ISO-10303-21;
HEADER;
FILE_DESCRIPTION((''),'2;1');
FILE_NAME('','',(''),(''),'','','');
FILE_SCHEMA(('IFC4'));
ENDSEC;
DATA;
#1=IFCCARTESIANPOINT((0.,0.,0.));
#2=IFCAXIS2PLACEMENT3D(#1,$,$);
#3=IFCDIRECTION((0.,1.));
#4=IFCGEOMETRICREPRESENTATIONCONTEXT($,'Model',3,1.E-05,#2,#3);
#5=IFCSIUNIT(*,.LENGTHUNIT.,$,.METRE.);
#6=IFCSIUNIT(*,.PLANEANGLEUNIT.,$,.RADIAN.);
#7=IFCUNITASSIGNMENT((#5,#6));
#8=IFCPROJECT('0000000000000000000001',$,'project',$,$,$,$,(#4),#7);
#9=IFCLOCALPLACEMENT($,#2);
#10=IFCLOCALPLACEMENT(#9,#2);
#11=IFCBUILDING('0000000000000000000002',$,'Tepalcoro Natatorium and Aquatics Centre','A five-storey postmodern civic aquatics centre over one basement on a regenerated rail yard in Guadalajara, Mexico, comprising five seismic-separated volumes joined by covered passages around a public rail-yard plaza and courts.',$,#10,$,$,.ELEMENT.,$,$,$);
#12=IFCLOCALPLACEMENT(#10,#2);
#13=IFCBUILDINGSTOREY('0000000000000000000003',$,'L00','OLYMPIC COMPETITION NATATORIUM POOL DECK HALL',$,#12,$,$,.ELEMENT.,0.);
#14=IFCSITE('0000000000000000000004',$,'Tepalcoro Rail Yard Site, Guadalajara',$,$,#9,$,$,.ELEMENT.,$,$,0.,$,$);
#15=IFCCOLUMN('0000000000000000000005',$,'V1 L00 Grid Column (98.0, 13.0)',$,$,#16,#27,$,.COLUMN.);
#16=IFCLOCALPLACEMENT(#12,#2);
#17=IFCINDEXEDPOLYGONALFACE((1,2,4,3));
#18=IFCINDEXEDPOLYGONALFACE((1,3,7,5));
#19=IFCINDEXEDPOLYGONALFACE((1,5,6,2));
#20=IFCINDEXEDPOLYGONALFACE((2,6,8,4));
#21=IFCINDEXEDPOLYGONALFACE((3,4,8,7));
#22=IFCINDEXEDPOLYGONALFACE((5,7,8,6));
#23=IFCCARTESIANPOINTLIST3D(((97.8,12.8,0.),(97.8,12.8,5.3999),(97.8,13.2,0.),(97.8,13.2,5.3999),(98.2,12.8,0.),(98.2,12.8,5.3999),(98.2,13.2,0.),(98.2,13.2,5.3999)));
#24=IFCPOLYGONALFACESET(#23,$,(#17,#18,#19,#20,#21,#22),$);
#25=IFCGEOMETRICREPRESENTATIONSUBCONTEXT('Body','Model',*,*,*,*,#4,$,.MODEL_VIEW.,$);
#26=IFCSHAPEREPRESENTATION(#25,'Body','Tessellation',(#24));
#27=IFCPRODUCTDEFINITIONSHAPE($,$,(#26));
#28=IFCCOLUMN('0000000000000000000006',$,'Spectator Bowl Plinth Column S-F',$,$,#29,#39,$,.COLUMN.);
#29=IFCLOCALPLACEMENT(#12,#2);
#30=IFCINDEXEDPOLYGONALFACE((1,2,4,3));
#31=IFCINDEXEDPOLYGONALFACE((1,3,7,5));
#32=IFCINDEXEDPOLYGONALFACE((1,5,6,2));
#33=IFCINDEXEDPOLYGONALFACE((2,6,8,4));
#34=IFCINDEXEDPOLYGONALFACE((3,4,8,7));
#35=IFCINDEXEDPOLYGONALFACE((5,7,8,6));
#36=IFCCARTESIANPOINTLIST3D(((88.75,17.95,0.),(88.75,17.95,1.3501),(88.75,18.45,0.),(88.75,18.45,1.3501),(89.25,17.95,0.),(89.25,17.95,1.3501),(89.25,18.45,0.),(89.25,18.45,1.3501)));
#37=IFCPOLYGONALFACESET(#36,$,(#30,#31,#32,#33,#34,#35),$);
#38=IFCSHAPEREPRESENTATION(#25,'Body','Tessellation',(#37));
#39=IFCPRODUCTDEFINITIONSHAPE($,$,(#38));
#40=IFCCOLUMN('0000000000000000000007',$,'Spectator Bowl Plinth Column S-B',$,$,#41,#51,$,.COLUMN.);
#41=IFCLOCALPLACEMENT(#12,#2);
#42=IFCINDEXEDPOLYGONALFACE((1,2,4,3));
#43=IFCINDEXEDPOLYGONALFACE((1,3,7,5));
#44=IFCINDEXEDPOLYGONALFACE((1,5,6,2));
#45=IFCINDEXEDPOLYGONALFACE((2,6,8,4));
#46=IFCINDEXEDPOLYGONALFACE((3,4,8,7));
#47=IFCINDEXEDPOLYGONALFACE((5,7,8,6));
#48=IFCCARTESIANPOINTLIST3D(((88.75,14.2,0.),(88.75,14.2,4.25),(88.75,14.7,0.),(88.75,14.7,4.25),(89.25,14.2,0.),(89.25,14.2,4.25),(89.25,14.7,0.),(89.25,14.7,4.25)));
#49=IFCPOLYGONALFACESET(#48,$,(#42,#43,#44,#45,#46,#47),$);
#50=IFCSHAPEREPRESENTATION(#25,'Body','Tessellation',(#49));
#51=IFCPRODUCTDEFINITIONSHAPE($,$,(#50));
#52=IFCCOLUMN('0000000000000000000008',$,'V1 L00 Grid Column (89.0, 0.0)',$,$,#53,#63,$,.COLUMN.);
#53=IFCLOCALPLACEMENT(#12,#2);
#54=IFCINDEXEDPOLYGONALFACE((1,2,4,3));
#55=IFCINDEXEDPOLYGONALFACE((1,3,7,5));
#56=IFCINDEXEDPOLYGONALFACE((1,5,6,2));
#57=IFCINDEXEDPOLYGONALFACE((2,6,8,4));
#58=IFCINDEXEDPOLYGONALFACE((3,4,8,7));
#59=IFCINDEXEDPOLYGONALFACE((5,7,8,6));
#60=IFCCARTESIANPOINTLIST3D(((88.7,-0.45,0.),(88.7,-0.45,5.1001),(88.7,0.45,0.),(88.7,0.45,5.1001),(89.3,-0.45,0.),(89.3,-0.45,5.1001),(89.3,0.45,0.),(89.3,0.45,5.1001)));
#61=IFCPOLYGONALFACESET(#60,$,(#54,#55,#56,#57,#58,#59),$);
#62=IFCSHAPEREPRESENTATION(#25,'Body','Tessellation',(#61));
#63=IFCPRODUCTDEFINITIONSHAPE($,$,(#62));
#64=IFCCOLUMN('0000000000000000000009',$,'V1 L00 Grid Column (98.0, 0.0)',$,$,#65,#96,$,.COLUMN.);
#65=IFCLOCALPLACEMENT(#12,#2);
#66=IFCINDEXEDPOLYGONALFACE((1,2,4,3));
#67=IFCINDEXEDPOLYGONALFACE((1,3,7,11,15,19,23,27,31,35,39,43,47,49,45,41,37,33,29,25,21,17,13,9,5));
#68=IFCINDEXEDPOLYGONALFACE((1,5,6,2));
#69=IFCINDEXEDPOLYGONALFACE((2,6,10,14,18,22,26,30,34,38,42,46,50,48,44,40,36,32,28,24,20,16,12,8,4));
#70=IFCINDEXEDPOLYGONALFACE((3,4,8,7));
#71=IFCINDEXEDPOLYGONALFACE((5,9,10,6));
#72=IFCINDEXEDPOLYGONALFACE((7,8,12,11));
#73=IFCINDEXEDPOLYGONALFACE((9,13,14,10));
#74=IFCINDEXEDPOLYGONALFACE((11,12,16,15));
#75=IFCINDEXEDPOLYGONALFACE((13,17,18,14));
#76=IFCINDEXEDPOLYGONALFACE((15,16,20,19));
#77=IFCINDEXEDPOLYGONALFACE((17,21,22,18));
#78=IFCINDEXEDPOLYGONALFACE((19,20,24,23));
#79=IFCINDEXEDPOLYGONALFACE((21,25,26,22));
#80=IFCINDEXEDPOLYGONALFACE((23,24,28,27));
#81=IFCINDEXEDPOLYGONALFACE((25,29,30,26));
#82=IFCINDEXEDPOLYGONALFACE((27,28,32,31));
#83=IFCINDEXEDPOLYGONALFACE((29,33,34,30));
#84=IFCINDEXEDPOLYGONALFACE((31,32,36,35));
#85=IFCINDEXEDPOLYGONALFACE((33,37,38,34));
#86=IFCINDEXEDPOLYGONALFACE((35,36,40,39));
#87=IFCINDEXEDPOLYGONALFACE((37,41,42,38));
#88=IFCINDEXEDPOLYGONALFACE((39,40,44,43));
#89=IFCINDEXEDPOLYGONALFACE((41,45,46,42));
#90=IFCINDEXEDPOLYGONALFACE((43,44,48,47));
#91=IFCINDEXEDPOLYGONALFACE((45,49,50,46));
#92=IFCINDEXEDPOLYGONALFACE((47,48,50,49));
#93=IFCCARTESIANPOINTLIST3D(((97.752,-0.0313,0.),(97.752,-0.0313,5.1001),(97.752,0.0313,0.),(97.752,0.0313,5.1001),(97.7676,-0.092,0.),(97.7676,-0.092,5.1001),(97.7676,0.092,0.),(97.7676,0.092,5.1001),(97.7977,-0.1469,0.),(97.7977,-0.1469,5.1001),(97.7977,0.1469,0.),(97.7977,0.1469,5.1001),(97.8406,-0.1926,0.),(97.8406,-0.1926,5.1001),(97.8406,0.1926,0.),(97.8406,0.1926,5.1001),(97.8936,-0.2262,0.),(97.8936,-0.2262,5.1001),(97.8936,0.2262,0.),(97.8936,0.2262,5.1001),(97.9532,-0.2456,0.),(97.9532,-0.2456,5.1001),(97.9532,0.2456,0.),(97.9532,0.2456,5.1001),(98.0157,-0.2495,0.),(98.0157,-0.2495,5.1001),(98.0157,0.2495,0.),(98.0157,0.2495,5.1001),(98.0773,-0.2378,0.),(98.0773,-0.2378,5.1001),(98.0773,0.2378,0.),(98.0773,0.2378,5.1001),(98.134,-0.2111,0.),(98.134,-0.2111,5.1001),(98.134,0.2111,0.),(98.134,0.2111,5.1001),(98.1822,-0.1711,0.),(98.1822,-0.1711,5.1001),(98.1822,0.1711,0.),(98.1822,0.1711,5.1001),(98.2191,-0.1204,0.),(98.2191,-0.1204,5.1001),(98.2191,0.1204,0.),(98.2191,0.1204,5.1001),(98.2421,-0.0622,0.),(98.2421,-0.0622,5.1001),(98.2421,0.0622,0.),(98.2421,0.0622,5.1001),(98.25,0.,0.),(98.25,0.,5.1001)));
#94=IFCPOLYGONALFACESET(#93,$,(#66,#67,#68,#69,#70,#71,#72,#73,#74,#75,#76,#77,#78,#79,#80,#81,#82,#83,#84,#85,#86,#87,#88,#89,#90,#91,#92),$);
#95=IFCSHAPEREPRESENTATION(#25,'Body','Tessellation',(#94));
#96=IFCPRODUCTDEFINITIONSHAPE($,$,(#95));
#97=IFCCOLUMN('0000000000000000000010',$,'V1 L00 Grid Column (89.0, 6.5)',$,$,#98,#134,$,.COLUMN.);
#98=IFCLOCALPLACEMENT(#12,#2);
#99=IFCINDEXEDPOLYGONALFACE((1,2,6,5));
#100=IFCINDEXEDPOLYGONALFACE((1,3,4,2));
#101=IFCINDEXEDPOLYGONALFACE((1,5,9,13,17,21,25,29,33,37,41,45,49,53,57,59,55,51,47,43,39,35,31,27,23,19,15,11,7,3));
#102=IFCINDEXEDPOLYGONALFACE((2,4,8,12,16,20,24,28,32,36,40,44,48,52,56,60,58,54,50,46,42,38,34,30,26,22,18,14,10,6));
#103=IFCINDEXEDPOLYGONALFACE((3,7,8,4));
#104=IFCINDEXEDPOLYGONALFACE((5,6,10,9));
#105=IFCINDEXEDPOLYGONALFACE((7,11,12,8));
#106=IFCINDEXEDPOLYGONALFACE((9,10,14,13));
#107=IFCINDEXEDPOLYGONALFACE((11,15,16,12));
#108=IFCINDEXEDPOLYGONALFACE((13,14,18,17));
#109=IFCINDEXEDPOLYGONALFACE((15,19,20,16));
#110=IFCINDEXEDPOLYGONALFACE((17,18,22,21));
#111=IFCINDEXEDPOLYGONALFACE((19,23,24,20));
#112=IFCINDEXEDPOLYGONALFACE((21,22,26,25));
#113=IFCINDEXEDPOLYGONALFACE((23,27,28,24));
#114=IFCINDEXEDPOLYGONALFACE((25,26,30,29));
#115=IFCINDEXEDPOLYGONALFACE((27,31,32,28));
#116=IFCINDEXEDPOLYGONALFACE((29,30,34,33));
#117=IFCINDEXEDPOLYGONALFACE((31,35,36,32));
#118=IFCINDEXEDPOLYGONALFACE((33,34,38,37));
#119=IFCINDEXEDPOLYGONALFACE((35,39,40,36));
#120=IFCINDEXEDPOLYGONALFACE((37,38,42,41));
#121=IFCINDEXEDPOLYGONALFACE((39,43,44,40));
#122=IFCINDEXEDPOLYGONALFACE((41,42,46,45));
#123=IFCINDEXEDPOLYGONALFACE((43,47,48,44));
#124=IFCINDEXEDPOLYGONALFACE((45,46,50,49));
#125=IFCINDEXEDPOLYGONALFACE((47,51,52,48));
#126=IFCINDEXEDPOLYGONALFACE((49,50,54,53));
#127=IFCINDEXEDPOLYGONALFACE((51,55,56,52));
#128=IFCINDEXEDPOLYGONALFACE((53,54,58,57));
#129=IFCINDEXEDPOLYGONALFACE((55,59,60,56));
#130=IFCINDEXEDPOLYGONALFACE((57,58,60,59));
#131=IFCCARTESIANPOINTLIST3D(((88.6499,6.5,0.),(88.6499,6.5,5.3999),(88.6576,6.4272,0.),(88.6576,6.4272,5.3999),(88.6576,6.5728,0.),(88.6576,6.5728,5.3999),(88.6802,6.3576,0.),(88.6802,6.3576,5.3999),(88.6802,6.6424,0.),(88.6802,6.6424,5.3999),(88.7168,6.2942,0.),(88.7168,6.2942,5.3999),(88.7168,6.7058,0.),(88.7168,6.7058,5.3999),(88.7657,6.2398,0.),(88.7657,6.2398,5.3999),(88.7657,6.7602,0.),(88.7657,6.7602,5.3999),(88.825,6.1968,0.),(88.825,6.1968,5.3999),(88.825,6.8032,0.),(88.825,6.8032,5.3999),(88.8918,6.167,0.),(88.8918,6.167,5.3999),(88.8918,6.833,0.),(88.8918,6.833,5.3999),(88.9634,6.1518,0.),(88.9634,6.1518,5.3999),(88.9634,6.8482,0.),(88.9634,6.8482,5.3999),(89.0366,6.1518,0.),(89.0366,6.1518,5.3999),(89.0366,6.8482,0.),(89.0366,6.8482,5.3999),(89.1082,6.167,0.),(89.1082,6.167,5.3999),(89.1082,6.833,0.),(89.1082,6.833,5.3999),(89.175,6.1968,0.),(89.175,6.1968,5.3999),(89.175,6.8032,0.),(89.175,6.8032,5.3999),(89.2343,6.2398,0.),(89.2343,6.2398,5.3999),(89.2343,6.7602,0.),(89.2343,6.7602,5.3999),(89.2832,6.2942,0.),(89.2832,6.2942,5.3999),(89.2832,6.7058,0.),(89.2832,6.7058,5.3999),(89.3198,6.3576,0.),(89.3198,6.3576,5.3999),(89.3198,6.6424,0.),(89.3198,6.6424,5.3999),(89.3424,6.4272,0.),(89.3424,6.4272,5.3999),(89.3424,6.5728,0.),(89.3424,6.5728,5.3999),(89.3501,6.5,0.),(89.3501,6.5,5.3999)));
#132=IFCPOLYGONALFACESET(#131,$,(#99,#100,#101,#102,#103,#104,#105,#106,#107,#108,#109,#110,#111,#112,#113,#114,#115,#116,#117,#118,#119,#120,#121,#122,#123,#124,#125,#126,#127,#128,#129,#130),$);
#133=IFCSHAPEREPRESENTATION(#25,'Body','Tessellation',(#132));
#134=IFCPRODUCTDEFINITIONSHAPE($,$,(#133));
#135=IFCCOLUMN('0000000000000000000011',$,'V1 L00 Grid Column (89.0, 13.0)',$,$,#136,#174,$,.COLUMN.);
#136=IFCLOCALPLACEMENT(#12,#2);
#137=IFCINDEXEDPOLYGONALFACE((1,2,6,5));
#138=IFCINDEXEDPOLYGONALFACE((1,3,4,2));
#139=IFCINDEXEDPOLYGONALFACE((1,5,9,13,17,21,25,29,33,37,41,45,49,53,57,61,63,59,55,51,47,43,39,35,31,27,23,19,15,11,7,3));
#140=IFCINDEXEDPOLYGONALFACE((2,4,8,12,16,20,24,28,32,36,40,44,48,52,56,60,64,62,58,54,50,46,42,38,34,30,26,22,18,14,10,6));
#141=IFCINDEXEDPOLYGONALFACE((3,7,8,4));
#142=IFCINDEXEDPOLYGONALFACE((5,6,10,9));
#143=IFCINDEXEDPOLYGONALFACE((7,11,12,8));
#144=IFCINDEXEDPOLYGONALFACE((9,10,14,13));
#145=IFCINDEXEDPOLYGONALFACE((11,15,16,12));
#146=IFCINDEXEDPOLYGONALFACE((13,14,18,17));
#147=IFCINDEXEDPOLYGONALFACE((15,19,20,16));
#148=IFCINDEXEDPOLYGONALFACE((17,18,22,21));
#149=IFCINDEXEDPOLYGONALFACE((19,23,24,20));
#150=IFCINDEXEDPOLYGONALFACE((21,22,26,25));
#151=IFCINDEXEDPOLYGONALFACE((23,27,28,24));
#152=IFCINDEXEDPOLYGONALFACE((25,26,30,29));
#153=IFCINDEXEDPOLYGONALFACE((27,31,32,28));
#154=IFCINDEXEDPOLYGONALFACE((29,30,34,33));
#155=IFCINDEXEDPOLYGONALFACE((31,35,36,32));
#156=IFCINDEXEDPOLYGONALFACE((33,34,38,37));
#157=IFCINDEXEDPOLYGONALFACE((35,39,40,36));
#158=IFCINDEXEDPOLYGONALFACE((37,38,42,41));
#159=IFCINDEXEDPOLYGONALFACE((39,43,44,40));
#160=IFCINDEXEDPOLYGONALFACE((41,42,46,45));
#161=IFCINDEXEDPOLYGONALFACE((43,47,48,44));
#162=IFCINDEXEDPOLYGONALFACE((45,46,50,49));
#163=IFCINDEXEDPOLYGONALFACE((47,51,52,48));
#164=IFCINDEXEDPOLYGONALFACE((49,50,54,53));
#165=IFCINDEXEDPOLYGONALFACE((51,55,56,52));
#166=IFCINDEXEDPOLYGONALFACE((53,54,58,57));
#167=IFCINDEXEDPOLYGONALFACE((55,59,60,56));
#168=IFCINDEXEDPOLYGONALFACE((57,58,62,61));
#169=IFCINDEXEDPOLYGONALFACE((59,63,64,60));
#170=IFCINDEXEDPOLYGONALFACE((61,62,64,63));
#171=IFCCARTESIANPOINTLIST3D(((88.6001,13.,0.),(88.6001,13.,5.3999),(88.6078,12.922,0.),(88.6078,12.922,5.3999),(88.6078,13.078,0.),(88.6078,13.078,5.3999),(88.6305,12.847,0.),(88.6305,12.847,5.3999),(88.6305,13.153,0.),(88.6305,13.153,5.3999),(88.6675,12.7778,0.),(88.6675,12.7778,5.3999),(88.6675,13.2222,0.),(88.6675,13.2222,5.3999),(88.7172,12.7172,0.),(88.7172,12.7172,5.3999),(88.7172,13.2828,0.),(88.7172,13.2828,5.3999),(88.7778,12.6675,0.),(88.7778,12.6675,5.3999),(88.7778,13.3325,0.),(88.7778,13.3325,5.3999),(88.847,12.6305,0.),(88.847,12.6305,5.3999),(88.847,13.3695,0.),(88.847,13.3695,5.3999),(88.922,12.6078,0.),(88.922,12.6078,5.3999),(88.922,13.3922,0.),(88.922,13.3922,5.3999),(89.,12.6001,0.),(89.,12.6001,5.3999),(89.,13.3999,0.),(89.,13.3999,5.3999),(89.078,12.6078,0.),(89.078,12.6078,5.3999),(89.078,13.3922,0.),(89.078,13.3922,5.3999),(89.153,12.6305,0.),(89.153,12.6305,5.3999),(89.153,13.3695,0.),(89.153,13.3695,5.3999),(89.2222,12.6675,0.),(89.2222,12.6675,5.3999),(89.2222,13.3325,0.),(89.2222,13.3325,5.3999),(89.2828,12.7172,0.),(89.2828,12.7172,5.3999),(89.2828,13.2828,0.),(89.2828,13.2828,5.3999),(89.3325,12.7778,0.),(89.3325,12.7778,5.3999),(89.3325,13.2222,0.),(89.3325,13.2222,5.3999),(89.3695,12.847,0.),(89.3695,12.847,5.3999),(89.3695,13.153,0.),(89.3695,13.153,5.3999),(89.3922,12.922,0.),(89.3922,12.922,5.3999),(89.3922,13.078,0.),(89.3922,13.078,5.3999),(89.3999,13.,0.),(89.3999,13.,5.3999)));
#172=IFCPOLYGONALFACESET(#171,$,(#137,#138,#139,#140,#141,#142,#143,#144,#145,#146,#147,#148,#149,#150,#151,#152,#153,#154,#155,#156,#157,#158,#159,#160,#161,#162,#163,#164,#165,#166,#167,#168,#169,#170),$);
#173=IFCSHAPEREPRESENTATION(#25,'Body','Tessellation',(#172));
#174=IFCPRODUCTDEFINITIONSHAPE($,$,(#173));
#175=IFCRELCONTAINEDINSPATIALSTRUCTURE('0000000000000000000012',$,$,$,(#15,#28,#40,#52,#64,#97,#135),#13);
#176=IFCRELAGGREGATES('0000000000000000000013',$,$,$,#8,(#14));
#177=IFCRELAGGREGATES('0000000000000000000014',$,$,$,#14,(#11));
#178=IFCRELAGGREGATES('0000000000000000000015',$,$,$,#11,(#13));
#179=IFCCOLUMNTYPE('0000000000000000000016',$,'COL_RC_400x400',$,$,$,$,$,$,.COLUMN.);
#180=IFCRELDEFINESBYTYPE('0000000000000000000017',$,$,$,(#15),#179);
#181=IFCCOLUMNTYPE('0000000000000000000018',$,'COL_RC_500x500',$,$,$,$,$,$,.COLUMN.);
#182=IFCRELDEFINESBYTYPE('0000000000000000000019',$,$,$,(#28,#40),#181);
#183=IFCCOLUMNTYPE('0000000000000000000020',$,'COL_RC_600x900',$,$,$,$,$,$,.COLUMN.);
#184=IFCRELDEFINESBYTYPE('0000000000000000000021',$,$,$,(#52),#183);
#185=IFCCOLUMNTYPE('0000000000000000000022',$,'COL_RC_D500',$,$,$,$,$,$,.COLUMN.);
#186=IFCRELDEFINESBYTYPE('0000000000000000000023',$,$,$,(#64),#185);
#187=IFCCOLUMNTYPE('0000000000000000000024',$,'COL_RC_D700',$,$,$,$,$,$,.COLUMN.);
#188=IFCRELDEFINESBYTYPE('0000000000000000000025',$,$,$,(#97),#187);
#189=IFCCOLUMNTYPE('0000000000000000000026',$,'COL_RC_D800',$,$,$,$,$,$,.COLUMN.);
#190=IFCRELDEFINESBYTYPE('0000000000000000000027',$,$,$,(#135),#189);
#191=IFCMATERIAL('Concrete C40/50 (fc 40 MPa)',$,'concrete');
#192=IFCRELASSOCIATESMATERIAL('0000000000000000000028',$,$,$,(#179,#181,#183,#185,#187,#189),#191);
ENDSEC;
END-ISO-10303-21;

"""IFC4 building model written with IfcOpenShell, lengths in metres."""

from ifc_helpers import new_model, si_unit, direction, frame, origin, origin_2d, place, context, subcontext, project, spatial, rectangle, circle, extrude, material, material_profile, profile_set, type_object, element, save


model = new_model("IFC4")

# Units and contexts
model_context = context("Model", 3, precision=1e-05, world=origin(), true_north=direction((0.0, 1.0)))
body_context = subcontext(model_context, "Body", "Model", "MODEL_VIEW")
ifc_project = project(units=[si_unit("LENGTHUNIT", "METRE"), si_unit("PLANEANGLEUNIT", "RADIAN")], contexts=[model_context])

# Site, building, storey
site_placement = place(None, origin())
site = spatial("IfcSite", under=ifc_project, at=site_placement, Name="Tepalcoro Rail Yard Site, Guadalajara", CompositionType="ELEMENT", RefElevation=0.0)
building_placement = place(site_placement, origin())
building = spatial("IfcBuilding", under=site, at=building_placement, Name="Tepalcoro Natatorium and Aquatics Centre", Description="A five-storey postmodern civic aquatics centre over one basement on a regenerated rail yard in Guadalajara, Mexico, comprising five seismic-separated volumes joined by covered passages around a public rail-yard plaza and courts.", CompositionType="ELEMENT")
storey_placement = place(building_placement, origin())
storey = spatial("IfcBuildingStorey", under=building, at=storey_placement, Name="L00", Description="OLYMPIC COMPETITION NATATORIUM POOL DECK HALL", CompositionType="ELEMENT", Elevation=0.0)

# Columns
ifc_material_1 = material(Name="Concrete C40/50 (fc 40 MPa)", Category="concrete")
ifc_material_profile_1 = material_profile(ifc_material_1, rectangle(XDim=0.3999, YDim=0.3999, at=origin_2d()), Name="RC400x400")
ifc_profile_set_1 = profile_set([ifc_material_profile_1], Name="Concrete C40/50 (fc 40 MPa)")
column_type_1 = type_object("IfcColumnType", Name="COL_RC_400x400", PredefinedType="COLUMN", material=ifc_profile_set_1)
column_1_placement = place(storey_placement, frame((98.0, 13.0, 0.0), z_axis=(0.0, 0.0, 1.0), x_axis=(1.0, 0.0, 0.0)))
element("IfcColumn", 1, at=column_1_placement, inside=storey, type_object=column_type_1, Name="V1 L00 Grid Column (98.0, 13.0)", PredefinedType="COLUMN", context=body_context, shape_type="SweptSolid", body=[
    extrude(rectangle(XDim=0.3999, YDim=0.3999, at=origin_2d()), origin(), (0.0, 0.0, 1.0), 5.3999),
])
ifc_material_profile_2 = material_profile(ifc_material_1, rectangle(XDim=0.5, YDim=0.5, at=origin_2d()), Name="RC500x500")
ifc_profile_set_2 = profile_set([ifc_material_profile_2], Name="Concrete C40/50 (fc 40 MPa)")
column_type_2 = type_object("IfcColumnType", Name="COL_RC_500x500", PredefinedType="COLUMN", material=ifc_profile_set_2)
column_2_placement = place(storey_placement, frame((89.0, 18.2, 0.0), z_axis=(0.0, 0.0, 1.0), x_axis=(1.0, 0.0, 0.0)))
element("IfcColumn", 2, at=column_2_placement, inside=storey, type_object=column_type_2, Name="Spectator Bowl Plinth Column S-F", PredefinedType="COLUMN", context=body_context, shape_type="SweptSolid", body=[
    extrude(rectangle(XDim=0.5, YDim=0.5, at=origin_2d()), origin(), (0.0, 0.0, 1.0), 1.3501),
])
column_3_placement = place(storey_placement, frame((89.0, 14.45, 0.0), z_axis=(0.0, 0.0, 1.0), x_axis=(1.0, 0.0, 0.0)))
element("IfcColumn", 3, at=column_3_placement, inside=storey, type_object=column_type_2, Name="Spectator Bowl Plinth Column S-B", PredefinedType="COLUMN", context=body_context, shape_type="SweptSolid", body=[
    extrude(rectangle(XDim=0.5, YDim=0.5, at=origin_2d()), origin(), (0.0, 0.0, 1.0), 4.25),
])
ifc_material_profile_3 = material_profile(ifc_material_1, rectangle(XDim=0.6001, YDim=0.8999, at=origin_2d()), Name="RC600x900")
ifc_profile_set_3 = profile_set([ifc_material_profile_3], Name="Concrete C40/50 (fc 40 MPa)")
column_type_3 = type_object("IfcColumnType", Name="COL_RC_600x900", PredefinedType="COLUMN", material=ifc_profile_set_3)
column_4_placement = place(storey_placement, frame((89.0, 0.0, 0.0), z_axis=(0.0, 0.0, 1.0), x_axis=(1.0, 0.0, 0.0)))
element("IfcColumn", 4, at=column_4_placement, inside=storey, type_object=column_type_3, Name="V1 L00 Grid Column (89.0, 0.0)", PredefinedType="COLUMN", context=body_context, shape_type="SweptSolid", body=[
    extrude(rectangle(XDim=0.6001, YDim=0.8999, at=origin_2d()), origin(), (0.0, 0.0, 1.0), 5.1001),
])
ifc_material_profile_4 = material_profile(ifc_material_1, circle(Radius=0.25, at=origin_2d()), Name="RCD500")
ifc_profile_set_4 = profile_set([ifc_material_profile_4], Name="Concrete C40/50 (fc 40 MPa)")
column_type_4 = type_object("IfcColumnType", Name="COL_RC_D500", PredefinedType="COLUMN", material=ifc_profile_set_4)
column_5_placement = place(storey_placement, frame((98.0, 0.0, 0.0), z_axis=(0.0, 0.0, 1.0), x_axis=(1.0, 0.0, 0.0)))
element("IfcColumn", 5, at=column_5_placement, inside=storey, type_object=column_type_4, Name="V1 L00 Grid Column (98.0, 0.0)", PredefinedType="COLUMN", context=body_context, shape_type="SweptSolid", body=[
    extrude(circle(Radius=0.25, at=origin_2d()), origin(), (0.0, 0.0, 1.0), 5.1001),
])
ifc_material_profile_5 = material_profile(ifc_material_1, circle(Radius=0.3501, at=origin_2d()), Name="RCD700")
ifc_profile_set_5 = profile_set([ifc_material_profile_5], Name="Concrete C40/50 (fc 40 MPa)")
column_type_5 = type_object("IfcColumnType", Name="COL_RC_D700", PredefinedType="COLUMN", material=ifc_profile_set_5)
column_6_placement = place(storey_placement, frame((89.0, 6.5, 0.0), z_axis=(0.0, 0.0, 1.0), x_axis=(1.0, 0.0, 0.0)))
element("IfcColumn", 6, at=column_6_placement, inside=storey, type_object=column_type_5, Name="V1 L00 Grid Column (89.0, 6.5)", PredefinedType="COLUMN", context=body_context, shape_type="SweptSolid", body=[
    extrude(circle(Radius=0.3501, at=origin_2d()), origin(), (0.0, 0.0, 1.0), 5.3999),
])
ifc_material_profile_6 = material_profile(ifc_material_1, circle(Radius=0.3999, at=origin_2d()), Name="RCD800")
ifc_profile_set_6 = profile_set([ifc_material_profile_6], Name="Concrete C40/50 (fc 40 MPa)")
column_type_6 = type_object("IfcColumnType", Name="COL_RC_D800", PredefinedType="COLUMN", material=ifc_profile_set_6)
column_7_placement = place(storey_placement, frame((89.0, 13.0, 0.0), z_axis=(0.0, 0.0, 1.0), x_axis=(1.0, 0.0, 0.0)))
element("IfcColumn", 7, at=column_7_placement, inside=storey, type_object=column_type_6, Name="V1 L00 Grid Column (89.0, 13.0)", PredefinedType="COLUMN", context=body_context, shape_type="SweptSolid", body=[
    extrude(circle(Radius=0.3999, at=origin_2d()), origin(), (0.0, 0.0, 1.0), 5.3999),
])

save(model, "model.ifc")
